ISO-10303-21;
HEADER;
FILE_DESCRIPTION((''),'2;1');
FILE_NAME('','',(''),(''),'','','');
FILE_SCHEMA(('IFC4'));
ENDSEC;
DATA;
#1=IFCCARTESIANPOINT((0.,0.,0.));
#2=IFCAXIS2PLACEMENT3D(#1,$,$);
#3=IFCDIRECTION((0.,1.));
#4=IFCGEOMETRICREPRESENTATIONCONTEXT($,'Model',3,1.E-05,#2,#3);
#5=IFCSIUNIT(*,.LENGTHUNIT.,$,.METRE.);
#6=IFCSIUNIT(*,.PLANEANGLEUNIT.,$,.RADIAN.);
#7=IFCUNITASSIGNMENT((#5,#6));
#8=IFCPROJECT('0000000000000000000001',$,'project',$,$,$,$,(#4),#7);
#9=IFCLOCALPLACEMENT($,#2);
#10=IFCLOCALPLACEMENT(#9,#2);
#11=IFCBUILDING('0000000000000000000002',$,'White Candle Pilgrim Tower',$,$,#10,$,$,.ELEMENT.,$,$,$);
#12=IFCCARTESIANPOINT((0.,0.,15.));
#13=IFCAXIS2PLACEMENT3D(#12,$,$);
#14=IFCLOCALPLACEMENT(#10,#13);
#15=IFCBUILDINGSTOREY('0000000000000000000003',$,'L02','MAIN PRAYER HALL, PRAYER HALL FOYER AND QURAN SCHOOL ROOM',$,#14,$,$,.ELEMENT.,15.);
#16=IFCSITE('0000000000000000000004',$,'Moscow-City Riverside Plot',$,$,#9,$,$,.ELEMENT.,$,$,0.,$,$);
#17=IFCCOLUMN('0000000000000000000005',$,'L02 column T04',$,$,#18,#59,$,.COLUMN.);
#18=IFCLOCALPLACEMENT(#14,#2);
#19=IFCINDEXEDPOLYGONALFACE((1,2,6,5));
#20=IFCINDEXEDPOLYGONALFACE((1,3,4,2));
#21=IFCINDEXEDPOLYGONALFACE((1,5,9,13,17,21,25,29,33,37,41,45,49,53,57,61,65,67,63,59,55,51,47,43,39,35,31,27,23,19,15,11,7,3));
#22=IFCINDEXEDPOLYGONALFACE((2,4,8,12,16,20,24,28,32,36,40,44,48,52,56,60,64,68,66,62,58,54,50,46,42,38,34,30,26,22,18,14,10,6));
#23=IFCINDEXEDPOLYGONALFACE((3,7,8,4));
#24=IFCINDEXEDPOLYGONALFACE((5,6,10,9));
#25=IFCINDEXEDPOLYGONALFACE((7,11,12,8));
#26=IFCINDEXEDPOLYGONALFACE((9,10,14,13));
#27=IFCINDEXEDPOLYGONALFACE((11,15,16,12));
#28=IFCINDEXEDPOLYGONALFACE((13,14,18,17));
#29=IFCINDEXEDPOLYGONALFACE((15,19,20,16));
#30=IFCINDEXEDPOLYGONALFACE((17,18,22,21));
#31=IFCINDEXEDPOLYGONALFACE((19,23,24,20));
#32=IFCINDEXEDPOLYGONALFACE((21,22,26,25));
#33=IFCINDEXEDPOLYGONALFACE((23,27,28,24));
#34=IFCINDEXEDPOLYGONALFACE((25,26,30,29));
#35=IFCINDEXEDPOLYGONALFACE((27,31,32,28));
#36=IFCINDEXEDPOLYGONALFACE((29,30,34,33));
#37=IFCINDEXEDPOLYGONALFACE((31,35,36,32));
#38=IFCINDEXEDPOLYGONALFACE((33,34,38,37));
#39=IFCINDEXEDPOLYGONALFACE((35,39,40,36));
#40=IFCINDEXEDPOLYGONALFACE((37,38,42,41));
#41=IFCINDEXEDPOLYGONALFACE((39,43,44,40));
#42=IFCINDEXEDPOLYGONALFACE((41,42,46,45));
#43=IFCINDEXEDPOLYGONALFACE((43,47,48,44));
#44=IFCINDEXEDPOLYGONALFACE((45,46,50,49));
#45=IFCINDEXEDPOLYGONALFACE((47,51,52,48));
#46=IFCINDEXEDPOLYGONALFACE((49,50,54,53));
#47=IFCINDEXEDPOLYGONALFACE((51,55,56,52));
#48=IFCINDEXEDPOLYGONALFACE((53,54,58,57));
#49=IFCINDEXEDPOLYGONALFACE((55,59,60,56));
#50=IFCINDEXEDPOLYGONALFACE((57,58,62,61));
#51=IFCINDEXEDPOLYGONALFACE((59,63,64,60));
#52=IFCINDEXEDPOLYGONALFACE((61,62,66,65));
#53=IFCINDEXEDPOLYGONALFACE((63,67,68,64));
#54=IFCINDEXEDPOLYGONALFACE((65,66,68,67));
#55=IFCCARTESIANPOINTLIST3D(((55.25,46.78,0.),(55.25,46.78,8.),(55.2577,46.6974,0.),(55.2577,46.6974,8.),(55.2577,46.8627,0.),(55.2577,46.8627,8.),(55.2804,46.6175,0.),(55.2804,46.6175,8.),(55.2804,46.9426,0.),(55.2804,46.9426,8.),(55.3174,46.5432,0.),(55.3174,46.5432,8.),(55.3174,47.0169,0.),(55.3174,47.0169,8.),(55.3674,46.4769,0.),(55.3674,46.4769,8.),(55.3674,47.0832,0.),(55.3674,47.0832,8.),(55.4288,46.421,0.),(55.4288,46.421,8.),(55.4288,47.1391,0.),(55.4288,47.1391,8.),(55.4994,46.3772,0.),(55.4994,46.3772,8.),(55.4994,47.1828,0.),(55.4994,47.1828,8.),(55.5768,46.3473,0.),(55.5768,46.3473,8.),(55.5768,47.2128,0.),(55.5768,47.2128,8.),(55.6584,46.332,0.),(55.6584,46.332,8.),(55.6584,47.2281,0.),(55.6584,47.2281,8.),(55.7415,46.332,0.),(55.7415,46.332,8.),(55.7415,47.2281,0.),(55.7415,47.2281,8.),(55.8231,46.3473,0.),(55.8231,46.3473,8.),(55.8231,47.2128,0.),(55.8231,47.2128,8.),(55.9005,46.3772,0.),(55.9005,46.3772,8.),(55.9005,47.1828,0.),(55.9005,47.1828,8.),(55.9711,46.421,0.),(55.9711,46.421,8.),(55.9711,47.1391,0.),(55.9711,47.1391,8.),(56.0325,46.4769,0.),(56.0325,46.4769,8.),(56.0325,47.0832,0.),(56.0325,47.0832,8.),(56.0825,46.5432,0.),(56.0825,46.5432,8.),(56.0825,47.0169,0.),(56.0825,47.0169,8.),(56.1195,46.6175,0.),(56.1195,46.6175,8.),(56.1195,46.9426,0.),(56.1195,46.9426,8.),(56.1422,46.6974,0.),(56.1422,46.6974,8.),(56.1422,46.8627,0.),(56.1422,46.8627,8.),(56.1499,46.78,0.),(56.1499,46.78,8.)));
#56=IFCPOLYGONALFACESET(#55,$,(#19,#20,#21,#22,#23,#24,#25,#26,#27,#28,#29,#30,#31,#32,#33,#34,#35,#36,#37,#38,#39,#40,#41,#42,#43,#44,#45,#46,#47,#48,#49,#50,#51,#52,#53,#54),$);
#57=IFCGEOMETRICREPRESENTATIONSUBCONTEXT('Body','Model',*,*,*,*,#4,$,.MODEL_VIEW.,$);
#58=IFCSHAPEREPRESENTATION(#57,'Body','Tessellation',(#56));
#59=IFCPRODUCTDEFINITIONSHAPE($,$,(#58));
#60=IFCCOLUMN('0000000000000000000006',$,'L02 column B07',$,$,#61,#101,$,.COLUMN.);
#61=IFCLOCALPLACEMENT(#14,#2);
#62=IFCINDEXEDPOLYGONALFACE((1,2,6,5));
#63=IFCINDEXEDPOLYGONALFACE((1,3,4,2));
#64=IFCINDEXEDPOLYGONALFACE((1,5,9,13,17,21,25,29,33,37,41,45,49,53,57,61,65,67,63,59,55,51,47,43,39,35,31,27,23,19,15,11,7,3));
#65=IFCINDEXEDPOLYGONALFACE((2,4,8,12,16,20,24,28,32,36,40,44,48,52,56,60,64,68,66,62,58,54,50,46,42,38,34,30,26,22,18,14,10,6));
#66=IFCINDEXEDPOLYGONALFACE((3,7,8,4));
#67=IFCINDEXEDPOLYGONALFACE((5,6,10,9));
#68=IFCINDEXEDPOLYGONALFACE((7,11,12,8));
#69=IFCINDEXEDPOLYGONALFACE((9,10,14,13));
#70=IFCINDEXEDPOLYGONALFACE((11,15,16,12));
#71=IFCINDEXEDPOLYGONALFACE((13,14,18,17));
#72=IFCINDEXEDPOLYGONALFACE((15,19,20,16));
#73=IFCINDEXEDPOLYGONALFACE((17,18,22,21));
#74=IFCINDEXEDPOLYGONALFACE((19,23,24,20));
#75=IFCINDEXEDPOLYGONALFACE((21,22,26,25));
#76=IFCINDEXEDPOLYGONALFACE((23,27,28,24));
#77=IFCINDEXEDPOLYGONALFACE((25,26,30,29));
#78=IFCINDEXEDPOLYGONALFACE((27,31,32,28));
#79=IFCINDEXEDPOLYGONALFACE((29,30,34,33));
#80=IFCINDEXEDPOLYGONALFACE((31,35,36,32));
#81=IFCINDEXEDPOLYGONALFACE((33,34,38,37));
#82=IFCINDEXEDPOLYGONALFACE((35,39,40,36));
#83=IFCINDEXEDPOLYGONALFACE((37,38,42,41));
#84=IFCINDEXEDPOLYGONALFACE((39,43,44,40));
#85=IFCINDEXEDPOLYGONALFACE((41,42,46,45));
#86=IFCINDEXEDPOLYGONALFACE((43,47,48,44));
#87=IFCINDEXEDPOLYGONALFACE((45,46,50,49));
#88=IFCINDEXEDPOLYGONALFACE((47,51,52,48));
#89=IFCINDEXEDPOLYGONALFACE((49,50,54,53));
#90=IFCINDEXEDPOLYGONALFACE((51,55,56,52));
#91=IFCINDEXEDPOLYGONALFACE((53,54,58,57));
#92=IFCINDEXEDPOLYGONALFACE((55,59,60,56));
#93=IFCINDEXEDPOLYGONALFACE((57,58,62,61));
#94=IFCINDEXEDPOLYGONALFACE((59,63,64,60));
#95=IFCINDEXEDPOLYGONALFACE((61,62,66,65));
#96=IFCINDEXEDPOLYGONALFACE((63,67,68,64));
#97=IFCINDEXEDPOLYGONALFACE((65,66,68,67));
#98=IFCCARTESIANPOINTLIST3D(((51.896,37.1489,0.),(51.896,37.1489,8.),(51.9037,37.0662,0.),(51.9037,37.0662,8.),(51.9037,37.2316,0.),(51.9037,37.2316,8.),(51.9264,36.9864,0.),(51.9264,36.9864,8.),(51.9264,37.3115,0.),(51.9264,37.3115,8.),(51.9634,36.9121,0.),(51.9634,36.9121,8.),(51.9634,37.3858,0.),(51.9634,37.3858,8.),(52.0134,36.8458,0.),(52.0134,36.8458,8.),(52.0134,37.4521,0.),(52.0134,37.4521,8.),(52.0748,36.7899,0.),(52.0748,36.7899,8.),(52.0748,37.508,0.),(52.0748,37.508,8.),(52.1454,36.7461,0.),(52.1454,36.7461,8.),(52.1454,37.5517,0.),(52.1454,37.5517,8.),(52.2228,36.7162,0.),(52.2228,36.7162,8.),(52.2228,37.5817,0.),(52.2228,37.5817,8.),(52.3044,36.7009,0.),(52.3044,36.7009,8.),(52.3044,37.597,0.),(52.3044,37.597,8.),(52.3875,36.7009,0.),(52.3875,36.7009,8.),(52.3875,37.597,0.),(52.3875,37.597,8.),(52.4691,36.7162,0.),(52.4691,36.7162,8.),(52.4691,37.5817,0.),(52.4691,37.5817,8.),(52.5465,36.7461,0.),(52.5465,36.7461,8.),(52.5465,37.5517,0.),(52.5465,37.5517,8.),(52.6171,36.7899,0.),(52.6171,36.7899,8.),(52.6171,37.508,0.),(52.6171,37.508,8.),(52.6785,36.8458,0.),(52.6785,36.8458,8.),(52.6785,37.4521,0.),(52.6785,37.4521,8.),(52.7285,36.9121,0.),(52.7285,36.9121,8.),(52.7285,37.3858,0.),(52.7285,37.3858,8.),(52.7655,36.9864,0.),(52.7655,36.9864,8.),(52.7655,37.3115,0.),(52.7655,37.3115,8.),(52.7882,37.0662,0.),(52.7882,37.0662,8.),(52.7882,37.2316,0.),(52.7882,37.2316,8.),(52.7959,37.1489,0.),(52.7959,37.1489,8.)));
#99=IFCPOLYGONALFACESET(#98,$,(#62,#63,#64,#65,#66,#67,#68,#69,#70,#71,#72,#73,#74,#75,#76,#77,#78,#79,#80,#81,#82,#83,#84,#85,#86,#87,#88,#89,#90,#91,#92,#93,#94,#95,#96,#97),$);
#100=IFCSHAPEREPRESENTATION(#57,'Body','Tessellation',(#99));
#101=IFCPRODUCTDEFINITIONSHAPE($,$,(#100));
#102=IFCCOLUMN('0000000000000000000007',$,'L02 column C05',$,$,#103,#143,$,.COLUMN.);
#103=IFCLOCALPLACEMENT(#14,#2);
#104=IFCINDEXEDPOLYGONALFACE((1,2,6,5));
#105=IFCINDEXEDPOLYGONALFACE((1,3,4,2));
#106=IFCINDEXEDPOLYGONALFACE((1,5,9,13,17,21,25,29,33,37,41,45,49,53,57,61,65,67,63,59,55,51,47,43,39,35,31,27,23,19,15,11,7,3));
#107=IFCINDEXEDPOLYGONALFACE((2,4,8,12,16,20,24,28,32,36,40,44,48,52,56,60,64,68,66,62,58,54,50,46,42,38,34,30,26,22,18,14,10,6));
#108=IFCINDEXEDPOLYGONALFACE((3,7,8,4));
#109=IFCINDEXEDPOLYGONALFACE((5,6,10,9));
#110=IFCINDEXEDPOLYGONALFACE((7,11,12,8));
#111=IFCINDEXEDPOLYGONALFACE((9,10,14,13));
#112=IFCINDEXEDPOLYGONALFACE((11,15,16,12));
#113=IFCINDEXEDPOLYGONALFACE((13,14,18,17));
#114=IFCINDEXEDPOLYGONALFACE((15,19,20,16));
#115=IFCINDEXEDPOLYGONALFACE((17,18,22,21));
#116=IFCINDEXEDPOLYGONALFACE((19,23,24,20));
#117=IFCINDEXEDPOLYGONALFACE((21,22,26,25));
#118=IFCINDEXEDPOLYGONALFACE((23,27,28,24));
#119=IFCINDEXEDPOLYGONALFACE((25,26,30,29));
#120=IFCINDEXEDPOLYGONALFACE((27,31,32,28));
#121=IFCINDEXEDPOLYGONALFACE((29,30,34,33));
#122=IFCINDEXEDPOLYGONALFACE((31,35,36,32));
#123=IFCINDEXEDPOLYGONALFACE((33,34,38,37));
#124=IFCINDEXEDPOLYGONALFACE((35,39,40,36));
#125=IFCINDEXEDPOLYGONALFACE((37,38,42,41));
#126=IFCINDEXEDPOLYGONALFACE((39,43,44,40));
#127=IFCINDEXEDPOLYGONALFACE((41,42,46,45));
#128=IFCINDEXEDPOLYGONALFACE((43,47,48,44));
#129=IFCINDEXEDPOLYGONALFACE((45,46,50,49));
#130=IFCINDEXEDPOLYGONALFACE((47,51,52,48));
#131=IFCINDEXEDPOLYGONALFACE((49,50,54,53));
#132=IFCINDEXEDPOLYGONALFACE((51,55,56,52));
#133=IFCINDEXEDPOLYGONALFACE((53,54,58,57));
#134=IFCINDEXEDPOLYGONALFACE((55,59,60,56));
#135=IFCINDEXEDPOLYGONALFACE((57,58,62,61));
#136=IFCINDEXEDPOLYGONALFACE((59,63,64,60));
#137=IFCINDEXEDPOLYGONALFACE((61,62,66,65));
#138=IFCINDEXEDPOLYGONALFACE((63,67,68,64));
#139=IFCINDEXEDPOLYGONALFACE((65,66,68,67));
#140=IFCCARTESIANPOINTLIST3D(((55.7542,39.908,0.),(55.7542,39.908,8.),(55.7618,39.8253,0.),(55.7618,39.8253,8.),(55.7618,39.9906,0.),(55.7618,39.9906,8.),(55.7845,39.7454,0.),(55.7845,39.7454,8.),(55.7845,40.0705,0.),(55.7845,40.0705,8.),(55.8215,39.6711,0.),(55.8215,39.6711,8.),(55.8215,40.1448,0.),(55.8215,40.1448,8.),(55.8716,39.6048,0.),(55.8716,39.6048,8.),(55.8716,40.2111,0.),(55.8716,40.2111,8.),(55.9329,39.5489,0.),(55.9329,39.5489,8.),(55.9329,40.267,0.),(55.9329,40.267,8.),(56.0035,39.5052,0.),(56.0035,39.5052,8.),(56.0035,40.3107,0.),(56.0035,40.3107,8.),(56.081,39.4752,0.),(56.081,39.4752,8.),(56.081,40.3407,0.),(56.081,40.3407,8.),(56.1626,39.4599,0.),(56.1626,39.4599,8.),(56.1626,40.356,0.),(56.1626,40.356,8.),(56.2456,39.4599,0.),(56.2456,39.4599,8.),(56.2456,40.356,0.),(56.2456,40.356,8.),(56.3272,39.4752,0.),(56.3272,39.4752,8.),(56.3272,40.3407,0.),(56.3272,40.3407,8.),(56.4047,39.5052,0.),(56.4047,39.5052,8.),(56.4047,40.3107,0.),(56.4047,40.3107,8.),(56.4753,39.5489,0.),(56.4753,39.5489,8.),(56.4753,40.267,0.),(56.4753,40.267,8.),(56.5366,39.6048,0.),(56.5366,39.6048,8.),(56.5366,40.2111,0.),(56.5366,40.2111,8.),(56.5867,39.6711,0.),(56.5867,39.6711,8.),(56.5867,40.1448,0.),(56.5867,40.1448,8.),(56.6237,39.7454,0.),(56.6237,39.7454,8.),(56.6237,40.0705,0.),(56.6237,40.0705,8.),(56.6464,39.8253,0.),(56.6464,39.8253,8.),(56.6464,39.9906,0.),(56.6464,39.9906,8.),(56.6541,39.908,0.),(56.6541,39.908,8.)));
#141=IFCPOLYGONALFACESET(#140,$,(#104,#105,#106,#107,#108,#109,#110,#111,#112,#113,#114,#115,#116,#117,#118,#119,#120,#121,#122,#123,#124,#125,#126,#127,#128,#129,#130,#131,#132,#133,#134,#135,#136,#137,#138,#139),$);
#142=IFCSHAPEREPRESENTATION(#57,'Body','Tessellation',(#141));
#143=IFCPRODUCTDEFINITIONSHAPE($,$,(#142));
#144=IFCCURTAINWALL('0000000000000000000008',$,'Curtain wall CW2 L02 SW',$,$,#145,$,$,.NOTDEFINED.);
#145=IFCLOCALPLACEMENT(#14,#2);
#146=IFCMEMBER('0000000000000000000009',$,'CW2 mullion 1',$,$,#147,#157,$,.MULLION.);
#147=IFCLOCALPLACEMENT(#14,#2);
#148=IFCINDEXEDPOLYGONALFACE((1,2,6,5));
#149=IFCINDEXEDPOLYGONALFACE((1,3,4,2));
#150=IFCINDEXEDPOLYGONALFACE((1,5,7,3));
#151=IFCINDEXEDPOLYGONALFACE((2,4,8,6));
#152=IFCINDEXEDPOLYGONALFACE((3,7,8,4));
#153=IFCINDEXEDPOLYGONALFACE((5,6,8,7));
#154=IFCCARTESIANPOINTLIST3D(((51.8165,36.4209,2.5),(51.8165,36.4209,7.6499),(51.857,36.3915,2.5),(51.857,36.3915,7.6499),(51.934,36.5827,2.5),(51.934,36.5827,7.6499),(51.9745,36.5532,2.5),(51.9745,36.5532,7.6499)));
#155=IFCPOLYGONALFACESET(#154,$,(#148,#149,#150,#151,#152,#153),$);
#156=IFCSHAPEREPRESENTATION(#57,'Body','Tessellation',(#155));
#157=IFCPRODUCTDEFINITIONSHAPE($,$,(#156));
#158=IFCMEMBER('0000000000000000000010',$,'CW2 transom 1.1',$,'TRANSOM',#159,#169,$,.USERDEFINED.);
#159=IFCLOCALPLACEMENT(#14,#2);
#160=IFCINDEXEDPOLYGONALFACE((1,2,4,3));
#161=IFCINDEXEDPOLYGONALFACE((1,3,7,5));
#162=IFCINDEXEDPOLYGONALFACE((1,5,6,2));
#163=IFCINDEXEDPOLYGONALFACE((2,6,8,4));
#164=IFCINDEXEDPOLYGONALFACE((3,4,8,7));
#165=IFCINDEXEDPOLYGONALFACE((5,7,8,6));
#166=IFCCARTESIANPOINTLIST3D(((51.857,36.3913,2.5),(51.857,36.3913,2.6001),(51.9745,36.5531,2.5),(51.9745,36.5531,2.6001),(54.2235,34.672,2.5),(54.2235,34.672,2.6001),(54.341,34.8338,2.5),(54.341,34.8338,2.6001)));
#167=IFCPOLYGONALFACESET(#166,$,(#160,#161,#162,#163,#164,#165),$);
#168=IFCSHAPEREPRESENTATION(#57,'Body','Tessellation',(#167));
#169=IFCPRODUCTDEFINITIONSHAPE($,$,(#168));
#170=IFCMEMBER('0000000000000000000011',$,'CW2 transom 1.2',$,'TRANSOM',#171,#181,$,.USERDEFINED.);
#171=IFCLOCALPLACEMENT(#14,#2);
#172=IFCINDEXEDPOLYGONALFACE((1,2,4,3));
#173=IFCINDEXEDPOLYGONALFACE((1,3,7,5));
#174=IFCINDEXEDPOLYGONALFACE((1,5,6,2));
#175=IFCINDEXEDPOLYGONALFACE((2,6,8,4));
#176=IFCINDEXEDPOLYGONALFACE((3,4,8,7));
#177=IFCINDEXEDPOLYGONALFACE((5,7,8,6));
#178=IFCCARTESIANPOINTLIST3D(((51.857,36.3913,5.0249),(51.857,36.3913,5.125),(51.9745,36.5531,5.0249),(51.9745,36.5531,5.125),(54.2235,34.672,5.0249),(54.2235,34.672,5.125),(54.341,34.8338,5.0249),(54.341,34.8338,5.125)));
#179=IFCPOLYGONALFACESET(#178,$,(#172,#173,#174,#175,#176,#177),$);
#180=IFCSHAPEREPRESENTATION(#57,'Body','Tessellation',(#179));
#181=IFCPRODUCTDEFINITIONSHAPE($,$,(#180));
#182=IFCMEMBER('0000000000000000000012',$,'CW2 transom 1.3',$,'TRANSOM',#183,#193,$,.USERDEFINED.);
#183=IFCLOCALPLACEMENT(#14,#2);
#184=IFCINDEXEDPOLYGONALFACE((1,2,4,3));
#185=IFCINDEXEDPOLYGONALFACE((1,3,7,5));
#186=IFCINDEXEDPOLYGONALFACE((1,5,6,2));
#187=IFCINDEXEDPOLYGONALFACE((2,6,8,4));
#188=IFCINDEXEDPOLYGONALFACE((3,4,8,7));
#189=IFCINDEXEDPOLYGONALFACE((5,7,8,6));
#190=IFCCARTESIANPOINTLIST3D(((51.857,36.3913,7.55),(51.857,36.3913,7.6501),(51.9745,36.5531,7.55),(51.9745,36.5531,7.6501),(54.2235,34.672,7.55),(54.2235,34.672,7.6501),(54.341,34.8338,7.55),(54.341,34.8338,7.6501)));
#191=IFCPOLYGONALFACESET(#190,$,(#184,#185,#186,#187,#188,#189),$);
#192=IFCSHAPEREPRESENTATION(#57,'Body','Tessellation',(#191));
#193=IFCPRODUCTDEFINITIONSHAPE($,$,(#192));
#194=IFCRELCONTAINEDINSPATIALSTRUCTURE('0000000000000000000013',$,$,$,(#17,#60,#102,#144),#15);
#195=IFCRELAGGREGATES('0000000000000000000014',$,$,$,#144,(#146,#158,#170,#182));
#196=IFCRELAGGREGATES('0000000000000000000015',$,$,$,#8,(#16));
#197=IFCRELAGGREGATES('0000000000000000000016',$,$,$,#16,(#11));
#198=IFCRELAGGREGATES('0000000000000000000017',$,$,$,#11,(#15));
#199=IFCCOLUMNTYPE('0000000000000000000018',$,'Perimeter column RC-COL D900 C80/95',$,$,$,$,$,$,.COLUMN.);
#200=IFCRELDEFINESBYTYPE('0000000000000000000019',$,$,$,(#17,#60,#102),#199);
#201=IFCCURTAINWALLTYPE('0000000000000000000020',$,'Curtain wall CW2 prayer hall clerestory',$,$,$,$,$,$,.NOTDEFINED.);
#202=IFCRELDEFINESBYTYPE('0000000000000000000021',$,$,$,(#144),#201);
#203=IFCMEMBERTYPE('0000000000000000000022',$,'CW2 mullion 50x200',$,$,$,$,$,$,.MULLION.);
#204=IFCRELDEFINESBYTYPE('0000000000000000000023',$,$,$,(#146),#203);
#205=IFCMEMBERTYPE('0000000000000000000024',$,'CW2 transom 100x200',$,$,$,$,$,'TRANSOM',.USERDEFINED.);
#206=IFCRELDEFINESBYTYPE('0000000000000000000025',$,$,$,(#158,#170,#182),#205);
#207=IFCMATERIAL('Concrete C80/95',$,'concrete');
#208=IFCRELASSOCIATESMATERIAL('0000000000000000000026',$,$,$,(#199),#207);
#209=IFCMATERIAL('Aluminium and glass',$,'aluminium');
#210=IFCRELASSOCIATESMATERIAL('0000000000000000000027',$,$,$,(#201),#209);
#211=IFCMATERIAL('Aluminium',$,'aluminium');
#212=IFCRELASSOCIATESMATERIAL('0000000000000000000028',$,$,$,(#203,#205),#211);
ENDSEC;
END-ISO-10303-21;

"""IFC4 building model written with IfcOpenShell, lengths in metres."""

from ifc_helpers import new_model, si_unit, direction, frame, origin, origin_2d, place, context, subcontext, project, spatial, rectangle, circle, extrude, material, material_profile, profile_set, type_object, element, aggregate, save


model = new_model("IFC4")

# Units and contexts
model_context = context("Model", 3, precision=1e-05, world=origin(), true_north=direction((0.0, 1.0)))
body_context = subcontext(model_context, "Body", "Model", "MODEL_VIEW")
ifc_project = project(units=[si_unit("LENGTHUNIT", "METRE"), si_unit("PLANEANGLEUNIT", "RADIAN")], contexts=[model_context])

# Site, building, storey
site_placement = place(None, origin())
site = spatial("IfcSite", under=ifc_project, at=site_placement, Name="Moscow-City Riverside Plot", CompositionType="ELEMENT", RefElevation=0.0)
building_placement = place(site_placement, origin())
building = spatial("IfcBuilding", under=site, at=building_placement, Name="White Candle Pilgrim Tower", CompositionType="ELEMENT")
storey_placement = place(building_placement, frame((0.0, 0.0, 15.0)))
storey = spatial("IfcBuildingStorey", under=building, at=storey_placement, Name="L02", Description="MAIN PRAYER HALL, PRAYER HALL FOYER AND QURAN SCHOOL ROOM", CompositionType="ELEMENT", Elevation=15.0)

# Columns
ifc_material_1 = material(Name="Concrete C80/95", Category="concrete")
ifc_material_profile_1 = material_profile(ifc_material_1, circle(Radius=0.45, at=origin_2d()), Name="RC-COL D900")
ifc_profile_set_1 = profile_set([ifc_material_profile_1], Name="Concrete C80/95")
column_type = type_object("IfcColumnType", Name="Perimeter column RC-COL D900 C80/95", PredefinedType="COLUMN", material=ifc_profile_set_1)
for number, where, z_axis, x_axis, name in (
    (1, (55.7, 46.78, 0.0), (0.0, 0.0, 1.0), (1.0, 0.0, 0.0), "L02 column T04"),
    (2, (52.3459, 37.1489, 0.0), (0.0, 0.0, 1.0), (1.0, 0.0, 0.0), "L02 column B07"),
    (3, (56.2041, 39.908, 0.0), (0.0, 0.0, 1.0), (1.0, 0.0, 0.0), "L02 column C05"),
):
    element("IfcColumn", number, at=place(storey_placement, frame(where, z_axis=z_axis, x_axis=x_axis)), inside=storey, type_object=column_type, Name=name, PredefinedType="COLUMN", context=body_context, shape_type="SweptSolid", body=[
        extrude(circle(Radius=0.45, at=origin_2d()), origin(), (0.0, 0.0, 1.0), 8.0),
    ])

# Curtain wall, members
ifc_material_2 = material(Name="Aluminium and glass", Category="aluminium")
curtain_wall_type = type_object("IfcCurtainWallType", Name="Curtain wall CW2 prayer hall clerestory", PredefinedType="NOTDEFINED", material=ifc_material_2)
curtain_wall_placement = place(storey_placement, origin())
curtain_wall = element("IfcCurtainWall", 4, at=curtain_wall_placement, inside=storey, type_object=curtain_wall_type, Name="Curtain wall CW2 L02 SW", PredefinedType="NOTDEFINED")
ifc_material_3 = material(Name="Aluminium", Category="aluminium")
ifc_material_profile_2 = material_profile(ifc_material_3, rectangle(XDim=0.2, YDim=0.05, at=origin_2d()), Name="CW2 mullion 50x200")
ifc_profile_set_2 = profile_set([ifc_material_profile_2], Name="Aluminium")
member_type_1 = type_object("IfcMemberType", Name="CW2 mullion 50x200", PredefinedType="MULLION", material=ifc_profile_set_2)
member_1_placement = place(storey_placement, frame((51.8955, 36.4871, 2.5), z_axis=(0.0, 0.0, 1.0), x_axis=(0.587785, 0.809017, 0.0)))
member_1 = element("IfcMember", 5, at=member_1_placement, type_object=member_type_1, Name="CW2 mullion 1", PredefinedType="MULLION", context=body_context, shape_type="SweptSolid", body=[
    extrude(rectangle(XDim=0.2, YDim=0.05, at=origin_2d()), origin(), (0.0, 0.0, 1.0), 5.1499),
])
ifc_material_profile_3 = material_profile(ifc_material_3, rectangle(XDim=0.2, YDim=0.1001, at=origin_2d()), Name="CW2 transom 100x200")
ifc_profile_set_3 = profile_set([ifc_material_profile_3], Name="Aluminium")
member_type_2 = type_object("IfcMemberType", Name="CW2 transom 100x200", ElementType="TRANSOM", PredefinedType="USERDEFINED", material=ifc_profile_set_3)
member_2_placement = place(storey_placement, frame((51.9158, 36.4722, 2.55), z_axis=(0.809032, -0.587765, 0.0), x_axis=(0.587765, 0.809032, 0.0)))
member_2 = element("IfcMember", 6, at=member_2_placement, type_object=member_type_2, Name="CW2 transom 1.1", ObjectType="TRANSOM", PredefinedType="USERDEFINED", context=body_context, shape_type="SweptSolid", body=[
    extrude(rectangle(XDim=0.2, YDim=0.1001, at=origin_2d()), origin(), (0.0, 0.0, 1.0), 2.925),
])
member_3_placement = place(storey_placement, frame((51.9158, 36.4722, 5.075), z_axis=(0.809032, -0.587765, 0.0), x_axis=(0.587765, 0.809032, 0.0)))
member_3 = element("IfcMember", 7, at=member_3_placement, type_object=member_type_2, Name="CW2 transom 1.2", ObjectType="TRANSOM", PredefinedType="USERDEFINED", context=body_context, shape_type="SweptSolid", body=[
    extrude(rectangle(XDim=0.2, YDim=0.1001, at=origin_2d()), origin(), (0.0, 0.0, 1.0), 2.925),
])
member_4_placement = place(storey_placement, frame((51.9158, 36.4722, 7.6001), z_axis=(0.809032, -0.587765, 0.0), x_axis=(0.587765, 0.809032, 0.0)))
member_4 = element("IfcMember", 8, at=member_4_placement, type_object=member_type_2, Name="CW2 transom 1.3", ObjectType="TRANSOM", PredefinedType="USERDEFINED", context=body_context, shape_type="SweptSolid", body=[
    extrude(rectangle(XDim=0.2, YDim=0.1001, at=origin_2d()), origin(), (0.0, 0.0, 1.0), 2.925),
])

aggregate(curtain_wall, [member_1, member_2, member_3, member_4])

save(model, "model.ifc")
